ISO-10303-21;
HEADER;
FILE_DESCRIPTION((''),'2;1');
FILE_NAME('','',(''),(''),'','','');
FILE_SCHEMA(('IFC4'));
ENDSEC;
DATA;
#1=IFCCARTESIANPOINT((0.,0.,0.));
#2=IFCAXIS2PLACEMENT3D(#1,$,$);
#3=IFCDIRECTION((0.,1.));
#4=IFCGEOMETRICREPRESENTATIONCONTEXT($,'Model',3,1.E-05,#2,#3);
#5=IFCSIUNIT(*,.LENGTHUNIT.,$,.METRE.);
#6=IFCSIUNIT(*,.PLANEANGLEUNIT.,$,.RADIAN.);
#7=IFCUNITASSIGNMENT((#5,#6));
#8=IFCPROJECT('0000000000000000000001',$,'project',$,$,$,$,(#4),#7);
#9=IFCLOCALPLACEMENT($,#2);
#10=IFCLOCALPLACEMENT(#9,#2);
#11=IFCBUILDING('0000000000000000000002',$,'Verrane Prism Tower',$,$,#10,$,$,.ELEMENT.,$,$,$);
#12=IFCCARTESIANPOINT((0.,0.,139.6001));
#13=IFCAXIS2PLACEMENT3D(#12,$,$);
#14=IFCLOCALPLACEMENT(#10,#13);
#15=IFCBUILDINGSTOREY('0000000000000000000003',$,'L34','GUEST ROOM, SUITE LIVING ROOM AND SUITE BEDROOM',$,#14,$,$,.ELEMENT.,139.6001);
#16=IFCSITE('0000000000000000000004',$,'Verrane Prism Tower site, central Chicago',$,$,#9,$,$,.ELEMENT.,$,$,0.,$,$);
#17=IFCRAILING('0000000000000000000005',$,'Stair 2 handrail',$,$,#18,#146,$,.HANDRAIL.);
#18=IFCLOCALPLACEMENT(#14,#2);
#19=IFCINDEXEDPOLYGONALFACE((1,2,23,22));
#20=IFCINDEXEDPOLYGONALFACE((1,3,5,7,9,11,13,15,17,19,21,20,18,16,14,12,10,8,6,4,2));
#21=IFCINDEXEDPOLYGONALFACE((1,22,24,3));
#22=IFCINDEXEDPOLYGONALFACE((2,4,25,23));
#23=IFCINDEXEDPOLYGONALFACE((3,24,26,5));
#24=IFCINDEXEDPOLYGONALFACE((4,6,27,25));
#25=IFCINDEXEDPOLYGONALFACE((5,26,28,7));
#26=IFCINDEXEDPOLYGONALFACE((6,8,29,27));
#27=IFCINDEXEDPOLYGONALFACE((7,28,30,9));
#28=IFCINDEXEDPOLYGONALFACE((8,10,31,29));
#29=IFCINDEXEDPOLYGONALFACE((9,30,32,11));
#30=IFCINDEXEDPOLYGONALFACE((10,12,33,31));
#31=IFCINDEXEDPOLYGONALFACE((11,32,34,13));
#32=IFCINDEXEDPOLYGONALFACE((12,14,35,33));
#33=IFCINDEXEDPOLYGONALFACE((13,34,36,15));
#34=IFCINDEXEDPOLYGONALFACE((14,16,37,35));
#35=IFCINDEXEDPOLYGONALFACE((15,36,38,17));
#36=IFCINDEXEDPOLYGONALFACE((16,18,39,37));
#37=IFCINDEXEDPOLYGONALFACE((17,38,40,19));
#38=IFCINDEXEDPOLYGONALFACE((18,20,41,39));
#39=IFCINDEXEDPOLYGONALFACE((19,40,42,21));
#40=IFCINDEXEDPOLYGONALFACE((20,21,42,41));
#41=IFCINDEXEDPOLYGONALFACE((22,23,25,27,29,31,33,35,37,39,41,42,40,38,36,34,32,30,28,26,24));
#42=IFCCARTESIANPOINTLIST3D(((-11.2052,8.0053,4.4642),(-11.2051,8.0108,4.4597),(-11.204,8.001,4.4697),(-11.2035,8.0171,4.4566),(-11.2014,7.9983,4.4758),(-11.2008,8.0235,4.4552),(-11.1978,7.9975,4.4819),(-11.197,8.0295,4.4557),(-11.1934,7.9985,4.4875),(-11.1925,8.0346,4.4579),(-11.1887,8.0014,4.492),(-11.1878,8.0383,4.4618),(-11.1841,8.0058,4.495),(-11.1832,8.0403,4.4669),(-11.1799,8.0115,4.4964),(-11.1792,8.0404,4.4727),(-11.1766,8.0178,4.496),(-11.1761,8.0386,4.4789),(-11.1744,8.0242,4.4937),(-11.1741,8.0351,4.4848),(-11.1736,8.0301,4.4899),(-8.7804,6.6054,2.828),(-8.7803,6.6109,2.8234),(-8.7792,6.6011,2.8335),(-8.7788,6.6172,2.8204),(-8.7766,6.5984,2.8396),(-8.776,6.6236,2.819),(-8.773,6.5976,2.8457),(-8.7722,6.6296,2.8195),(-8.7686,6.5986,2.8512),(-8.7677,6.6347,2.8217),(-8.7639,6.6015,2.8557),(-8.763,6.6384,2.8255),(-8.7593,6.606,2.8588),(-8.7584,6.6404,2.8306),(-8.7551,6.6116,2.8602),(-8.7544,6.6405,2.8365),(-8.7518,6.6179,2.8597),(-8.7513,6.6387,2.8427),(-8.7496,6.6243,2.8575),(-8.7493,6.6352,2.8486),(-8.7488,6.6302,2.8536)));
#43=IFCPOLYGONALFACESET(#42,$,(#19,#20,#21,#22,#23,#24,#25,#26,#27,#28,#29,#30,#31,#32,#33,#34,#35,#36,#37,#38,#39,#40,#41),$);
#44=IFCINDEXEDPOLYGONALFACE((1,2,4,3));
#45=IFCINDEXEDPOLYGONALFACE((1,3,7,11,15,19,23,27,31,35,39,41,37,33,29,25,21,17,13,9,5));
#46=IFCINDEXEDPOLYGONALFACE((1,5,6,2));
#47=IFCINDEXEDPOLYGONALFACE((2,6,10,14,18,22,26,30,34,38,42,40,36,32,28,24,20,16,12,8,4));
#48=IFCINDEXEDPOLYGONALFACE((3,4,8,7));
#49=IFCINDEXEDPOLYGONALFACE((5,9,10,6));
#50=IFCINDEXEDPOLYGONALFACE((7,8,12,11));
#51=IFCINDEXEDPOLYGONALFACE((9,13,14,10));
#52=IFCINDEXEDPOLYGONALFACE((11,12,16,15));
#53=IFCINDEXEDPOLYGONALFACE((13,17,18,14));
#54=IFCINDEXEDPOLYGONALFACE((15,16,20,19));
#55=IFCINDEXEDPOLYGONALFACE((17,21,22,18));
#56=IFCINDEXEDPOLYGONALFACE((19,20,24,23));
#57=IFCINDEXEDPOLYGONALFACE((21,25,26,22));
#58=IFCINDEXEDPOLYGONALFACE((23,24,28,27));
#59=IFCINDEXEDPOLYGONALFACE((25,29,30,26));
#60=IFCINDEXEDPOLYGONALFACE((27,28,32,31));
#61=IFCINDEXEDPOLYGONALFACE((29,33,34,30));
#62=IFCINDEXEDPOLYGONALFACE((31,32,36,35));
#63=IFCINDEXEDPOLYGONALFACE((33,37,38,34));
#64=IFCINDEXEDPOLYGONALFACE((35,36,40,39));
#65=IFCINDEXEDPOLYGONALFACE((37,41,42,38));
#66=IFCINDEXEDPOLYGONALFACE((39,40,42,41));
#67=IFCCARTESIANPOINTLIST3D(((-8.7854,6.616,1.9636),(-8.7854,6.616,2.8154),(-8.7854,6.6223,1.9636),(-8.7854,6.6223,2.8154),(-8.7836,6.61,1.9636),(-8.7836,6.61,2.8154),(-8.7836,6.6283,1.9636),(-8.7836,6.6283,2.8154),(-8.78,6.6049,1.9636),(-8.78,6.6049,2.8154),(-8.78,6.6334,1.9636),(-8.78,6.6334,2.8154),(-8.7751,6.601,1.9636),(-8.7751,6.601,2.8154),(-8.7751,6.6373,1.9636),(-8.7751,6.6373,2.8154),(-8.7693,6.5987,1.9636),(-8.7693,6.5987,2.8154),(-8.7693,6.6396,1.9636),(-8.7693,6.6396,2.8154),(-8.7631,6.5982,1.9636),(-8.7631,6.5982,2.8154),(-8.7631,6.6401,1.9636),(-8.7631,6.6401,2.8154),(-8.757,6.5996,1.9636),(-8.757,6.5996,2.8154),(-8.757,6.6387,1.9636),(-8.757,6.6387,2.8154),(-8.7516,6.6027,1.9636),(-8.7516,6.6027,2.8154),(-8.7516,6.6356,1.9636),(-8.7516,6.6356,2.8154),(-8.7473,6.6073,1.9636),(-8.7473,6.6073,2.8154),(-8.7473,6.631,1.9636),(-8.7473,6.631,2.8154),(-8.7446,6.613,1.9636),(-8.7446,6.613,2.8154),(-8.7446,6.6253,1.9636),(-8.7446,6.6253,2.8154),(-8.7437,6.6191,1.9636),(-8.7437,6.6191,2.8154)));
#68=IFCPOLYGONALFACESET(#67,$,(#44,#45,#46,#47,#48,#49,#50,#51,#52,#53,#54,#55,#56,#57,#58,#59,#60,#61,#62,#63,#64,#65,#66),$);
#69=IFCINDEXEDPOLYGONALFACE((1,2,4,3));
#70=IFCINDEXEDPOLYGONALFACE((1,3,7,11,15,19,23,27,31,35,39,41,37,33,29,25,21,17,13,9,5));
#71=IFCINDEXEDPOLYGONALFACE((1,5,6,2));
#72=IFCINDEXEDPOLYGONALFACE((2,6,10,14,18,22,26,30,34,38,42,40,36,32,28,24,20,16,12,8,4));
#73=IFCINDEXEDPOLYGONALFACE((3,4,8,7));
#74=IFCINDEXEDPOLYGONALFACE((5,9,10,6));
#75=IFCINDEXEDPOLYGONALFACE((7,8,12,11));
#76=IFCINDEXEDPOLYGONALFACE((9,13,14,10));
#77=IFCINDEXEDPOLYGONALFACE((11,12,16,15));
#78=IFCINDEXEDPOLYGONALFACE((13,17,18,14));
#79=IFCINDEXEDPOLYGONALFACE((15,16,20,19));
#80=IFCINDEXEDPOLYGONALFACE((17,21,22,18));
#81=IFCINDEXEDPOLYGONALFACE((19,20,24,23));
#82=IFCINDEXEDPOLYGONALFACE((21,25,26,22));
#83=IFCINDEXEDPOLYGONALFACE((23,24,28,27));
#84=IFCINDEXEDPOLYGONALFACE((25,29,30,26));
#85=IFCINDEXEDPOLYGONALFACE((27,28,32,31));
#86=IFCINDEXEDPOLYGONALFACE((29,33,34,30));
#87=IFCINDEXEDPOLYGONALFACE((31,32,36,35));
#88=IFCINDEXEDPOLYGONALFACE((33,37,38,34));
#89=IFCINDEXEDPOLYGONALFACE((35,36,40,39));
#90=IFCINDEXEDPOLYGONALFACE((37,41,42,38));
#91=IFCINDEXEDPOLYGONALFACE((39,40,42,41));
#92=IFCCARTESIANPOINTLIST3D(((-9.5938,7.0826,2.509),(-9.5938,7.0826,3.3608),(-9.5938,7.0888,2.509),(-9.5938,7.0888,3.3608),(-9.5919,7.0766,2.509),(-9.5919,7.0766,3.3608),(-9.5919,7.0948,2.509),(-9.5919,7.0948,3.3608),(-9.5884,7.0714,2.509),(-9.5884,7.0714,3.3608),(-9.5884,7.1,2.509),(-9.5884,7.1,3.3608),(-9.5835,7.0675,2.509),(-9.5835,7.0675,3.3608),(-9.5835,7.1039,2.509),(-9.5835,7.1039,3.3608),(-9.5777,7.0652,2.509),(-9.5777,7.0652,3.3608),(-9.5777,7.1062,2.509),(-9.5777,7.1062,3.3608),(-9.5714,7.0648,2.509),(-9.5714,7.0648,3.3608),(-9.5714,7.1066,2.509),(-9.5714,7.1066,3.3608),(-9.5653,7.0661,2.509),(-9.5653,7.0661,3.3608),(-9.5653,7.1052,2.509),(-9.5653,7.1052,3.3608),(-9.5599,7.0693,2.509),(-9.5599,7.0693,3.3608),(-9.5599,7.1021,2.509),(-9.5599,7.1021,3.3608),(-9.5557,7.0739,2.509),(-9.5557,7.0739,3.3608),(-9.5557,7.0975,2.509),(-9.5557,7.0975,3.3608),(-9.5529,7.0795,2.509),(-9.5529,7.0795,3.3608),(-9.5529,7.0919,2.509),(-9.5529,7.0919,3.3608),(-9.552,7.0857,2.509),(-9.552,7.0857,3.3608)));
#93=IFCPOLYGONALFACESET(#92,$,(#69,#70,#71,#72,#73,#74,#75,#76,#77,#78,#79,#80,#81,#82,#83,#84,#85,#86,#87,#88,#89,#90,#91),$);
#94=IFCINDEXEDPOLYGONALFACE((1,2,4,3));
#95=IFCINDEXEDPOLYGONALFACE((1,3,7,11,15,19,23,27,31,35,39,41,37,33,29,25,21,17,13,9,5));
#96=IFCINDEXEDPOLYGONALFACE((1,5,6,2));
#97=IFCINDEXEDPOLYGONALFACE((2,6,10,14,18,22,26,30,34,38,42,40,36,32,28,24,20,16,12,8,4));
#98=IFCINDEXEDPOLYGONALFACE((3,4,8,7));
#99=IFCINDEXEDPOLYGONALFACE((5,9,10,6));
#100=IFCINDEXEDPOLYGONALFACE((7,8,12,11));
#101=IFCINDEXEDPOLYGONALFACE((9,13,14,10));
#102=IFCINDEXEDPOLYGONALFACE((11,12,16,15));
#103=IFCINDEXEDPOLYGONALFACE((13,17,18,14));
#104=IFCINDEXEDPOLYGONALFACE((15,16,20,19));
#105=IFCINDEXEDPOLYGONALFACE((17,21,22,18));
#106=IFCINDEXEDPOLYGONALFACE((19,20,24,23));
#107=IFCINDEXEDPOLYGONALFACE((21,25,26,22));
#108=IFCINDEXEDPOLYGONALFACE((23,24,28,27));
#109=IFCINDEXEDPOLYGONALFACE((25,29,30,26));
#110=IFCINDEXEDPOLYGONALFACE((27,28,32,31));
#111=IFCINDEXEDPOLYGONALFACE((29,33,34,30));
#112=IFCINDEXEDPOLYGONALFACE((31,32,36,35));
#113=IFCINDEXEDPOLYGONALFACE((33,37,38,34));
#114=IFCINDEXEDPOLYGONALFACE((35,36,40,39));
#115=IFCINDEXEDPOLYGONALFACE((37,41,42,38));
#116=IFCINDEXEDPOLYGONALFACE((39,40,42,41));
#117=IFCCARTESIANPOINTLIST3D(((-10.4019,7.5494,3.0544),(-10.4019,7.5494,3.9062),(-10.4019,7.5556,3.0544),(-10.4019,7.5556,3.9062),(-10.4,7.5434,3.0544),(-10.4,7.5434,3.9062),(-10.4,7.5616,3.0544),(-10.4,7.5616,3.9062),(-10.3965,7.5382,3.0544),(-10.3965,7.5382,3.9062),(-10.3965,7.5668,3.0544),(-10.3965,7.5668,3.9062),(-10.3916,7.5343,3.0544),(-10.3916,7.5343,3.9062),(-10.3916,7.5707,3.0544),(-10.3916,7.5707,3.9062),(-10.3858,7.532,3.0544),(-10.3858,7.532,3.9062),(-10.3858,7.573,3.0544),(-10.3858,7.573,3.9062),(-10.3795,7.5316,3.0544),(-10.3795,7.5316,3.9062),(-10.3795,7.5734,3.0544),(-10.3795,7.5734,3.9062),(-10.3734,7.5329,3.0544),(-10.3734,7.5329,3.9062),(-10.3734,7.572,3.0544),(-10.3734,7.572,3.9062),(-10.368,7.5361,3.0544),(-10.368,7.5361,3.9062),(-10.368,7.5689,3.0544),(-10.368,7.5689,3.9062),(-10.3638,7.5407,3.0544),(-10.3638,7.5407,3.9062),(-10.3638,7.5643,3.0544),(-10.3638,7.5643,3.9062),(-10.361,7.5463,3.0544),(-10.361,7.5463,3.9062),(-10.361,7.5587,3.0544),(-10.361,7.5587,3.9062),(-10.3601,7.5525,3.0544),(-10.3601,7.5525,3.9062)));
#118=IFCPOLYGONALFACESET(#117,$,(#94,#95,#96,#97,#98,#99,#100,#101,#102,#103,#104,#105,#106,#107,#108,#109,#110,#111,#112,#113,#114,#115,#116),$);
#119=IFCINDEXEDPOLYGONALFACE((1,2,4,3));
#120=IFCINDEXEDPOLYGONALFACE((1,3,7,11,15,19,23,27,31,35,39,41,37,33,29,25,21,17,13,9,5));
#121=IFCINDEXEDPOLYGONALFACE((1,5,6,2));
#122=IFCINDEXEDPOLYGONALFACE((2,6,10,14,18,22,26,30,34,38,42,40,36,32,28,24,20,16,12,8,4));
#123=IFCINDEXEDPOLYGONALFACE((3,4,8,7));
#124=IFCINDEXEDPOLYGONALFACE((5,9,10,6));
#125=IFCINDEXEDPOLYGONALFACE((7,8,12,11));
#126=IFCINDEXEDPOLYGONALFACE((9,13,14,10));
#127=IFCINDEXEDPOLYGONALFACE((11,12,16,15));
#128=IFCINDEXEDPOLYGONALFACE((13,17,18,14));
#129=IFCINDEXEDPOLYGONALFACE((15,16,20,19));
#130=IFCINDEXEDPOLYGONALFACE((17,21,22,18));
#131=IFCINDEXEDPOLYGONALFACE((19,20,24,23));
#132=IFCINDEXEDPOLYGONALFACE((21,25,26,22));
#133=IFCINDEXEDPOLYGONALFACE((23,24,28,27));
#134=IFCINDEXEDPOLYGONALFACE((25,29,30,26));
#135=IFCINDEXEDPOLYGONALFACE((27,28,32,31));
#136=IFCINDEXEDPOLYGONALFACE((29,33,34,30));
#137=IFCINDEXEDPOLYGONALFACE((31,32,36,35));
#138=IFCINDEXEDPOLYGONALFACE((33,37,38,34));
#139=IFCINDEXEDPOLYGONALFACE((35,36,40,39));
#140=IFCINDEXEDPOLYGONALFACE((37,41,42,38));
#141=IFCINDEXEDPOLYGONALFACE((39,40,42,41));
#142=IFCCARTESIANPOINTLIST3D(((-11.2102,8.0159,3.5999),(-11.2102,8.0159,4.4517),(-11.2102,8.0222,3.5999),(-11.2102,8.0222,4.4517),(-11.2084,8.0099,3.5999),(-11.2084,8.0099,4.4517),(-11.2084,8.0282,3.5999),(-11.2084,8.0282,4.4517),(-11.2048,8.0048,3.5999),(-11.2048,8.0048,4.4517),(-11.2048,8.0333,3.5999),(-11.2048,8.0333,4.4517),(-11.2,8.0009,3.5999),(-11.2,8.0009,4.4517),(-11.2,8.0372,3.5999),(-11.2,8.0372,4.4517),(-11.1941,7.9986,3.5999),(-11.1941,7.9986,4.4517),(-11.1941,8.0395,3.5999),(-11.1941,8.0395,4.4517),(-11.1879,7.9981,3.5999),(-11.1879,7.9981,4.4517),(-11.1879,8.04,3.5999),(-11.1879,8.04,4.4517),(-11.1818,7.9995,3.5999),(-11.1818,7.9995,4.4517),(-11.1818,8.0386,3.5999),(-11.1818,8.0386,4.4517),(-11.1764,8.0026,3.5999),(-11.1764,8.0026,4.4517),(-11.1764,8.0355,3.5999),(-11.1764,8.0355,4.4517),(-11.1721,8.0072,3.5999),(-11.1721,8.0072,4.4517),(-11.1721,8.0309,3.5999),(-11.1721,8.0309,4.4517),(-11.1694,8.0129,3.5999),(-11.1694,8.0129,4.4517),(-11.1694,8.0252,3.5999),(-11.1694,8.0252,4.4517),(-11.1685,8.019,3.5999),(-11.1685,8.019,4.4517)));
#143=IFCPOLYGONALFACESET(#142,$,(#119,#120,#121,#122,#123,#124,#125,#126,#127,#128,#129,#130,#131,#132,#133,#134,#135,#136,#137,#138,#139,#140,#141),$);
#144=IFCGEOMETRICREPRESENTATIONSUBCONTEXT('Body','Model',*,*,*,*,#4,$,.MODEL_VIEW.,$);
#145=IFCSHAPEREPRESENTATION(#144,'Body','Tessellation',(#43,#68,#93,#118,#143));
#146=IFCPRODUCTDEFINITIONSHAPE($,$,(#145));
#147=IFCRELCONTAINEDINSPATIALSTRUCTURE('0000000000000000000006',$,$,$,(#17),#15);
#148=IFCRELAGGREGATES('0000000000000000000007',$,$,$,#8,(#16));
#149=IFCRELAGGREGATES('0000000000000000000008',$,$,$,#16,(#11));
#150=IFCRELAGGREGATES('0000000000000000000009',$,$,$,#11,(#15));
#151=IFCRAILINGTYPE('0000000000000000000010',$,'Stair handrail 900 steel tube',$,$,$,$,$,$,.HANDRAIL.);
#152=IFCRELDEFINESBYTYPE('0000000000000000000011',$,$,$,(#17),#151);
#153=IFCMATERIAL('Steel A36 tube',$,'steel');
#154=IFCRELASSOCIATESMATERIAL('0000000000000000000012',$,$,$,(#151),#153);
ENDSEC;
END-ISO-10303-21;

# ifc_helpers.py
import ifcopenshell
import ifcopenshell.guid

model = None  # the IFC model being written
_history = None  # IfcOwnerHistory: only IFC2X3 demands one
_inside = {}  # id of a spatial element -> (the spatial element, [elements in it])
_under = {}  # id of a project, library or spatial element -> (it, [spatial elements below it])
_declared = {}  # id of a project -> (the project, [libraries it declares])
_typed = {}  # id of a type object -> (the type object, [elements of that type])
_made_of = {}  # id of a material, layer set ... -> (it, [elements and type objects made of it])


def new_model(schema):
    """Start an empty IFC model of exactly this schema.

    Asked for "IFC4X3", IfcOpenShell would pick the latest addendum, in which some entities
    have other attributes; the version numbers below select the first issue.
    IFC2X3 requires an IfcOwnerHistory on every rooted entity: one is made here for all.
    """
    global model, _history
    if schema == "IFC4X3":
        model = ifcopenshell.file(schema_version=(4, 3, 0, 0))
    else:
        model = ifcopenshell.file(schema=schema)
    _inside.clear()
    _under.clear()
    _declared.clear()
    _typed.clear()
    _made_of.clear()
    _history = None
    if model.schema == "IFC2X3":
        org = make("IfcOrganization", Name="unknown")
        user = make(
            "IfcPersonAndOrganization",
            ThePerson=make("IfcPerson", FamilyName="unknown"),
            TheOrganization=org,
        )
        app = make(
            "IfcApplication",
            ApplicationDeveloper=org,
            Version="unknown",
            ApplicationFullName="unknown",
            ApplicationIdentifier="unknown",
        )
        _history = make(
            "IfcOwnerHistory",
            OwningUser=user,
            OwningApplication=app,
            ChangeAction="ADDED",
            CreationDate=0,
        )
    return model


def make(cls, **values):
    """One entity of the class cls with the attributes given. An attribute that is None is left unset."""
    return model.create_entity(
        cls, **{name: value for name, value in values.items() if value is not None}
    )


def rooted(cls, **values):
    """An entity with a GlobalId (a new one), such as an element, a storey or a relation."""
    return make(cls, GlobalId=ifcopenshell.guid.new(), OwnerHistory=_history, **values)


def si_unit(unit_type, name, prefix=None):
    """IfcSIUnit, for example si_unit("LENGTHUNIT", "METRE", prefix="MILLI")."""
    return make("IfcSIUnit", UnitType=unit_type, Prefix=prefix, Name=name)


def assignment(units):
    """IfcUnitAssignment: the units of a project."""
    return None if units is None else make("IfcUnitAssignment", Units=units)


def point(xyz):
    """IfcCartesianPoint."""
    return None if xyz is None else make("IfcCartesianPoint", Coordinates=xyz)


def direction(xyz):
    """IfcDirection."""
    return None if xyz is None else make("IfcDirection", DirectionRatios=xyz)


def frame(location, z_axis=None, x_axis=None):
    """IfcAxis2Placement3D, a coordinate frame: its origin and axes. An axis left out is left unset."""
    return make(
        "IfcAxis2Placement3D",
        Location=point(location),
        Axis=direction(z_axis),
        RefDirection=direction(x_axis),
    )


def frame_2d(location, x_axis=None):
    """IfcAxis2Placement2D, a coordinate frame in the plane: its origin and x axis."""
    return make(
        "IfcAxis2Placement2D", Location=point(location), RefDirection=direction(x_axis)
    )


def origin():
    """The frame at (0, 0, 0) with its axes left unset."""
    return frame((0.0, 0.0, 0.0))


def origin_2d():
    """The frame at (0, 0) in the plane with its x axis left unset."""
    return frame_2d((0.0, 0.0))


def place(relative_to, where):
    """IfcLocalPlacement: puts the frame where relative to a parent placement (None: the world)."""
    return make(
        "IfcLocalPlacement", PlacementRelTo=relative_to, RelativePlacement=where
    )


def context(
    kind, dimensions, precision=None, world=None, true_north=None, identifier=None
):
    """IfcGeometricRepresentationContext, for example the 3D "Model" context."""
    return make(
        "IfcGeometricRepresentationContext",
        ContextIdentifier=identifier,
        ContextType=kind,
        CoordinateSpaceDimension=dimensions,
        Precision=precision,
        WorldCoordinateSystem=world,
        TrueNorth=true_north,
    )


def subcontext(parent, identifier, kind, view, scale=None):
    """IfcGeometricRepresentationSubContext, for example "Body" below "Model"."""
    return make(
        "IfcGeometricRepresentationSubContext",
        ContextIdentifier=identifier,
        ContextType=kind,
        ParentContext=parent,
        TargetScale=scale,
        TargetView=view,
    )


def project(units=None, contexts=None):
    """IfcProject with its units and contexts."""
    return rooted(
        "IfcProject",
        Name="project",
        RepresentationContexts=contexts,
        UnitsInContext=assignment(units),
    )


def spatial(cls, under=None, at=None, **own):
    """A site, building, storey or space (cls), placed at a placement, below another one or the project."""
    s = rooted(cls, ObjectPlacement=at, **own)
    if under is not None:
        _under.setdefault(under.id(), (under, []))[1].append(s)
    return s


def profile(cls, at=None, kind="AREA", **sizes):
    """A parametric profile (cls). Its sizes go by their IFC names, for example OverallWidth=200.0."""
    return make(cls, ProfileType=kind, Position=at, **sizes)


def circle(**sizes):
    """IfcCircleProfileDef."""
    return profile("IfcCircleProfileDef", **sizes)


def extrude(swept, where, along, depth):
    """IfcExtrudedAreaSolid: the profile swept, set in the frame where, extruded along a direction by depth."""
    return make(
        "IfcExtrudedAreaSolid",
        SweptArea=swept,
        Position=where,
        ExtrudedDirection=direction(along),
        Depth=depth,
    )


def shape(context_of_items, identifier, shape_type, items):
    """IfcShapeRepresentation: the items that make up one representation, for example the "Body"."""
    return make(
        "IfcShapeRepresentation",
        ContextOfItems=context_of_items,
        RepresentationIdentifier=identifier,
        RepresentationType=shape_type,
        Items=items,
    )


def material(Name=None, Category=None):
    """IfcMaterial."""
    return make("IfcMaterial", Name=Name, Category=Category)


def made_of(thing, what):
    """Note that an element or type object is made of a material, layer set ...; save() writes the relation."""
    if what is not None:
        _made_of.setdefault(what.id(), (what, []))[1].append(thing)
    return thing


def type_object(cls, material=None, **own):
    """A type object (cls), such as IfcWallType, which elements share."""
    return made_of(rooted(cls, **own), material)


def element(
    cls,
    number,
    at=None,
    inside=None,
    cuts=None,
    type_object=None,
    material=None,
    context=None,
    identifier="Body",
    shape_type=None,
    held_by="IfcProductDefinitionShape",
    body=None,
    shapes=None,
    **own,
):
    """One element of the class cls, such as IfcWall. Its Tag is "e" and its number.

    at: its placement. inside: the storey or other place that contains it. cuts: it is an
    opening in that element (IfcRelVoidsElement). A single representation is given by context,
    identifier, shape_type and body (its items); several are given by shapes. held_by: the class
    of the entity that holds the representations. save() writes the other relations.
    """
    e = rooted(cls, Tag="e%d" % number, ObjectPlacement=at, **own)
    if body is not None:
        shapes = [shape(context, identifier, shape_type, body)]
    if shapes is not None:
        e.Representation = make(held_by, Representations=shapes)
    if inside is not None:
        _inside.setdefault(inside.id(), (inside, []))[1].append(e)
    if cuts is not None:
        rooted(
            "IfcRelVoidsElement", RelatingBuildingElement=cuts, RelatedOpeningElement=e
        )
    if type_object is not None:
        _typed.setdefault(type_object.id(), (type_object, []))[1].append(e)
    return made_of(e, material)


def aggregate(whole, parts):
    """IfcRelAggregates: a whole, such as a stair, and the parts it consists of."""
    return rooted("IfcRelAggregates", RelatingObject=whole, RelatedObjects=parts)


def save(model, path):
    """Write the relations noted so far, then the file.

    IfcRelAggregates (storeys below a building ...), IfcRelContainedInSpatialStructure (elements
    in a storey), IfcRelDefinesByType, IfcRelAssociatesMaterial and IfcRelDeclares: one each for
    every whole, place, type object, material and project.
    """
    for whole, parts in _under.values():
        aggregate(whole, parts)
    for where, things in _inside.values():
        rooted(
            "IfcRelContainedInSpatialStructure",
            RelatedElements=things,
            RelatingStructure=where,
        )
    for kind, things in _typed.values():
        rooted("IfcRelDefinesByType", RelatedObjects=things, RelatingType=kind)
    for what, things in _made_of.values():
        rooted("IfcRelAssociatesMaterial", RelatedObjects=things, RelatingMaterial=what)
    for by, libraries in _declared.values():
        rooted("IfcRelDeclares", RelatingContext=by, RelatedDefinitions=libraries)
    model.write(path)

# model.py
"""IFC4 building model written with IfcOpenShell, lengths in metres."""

from ifc_helpers import new_model, si_unit, direction, frame, origin, origin_2d, place, context, subcontext, project, spatial, circle, extrude, material, type_object, element, save


model = new_model("IFC4")

# Units and contexts
model_context = context("Model", 3, precision=1e-05, world=origin(), true_north=direction((0.0, 1.0)))
body_context = subcontext(model_context, "Body", "Model", "MODEL_VIEW")
ifc_project = project(units=[si_unit("LENGTHUNIT", "METRE"), si_unit("PLANEANGLEUNIT", "RADIAN")], contexts=[model_context])

# Site, building, storey
site_placement = place(None, origin())
site = spatial("IfcSite", under=ifc_project, at=site_placement, Name="Verrane Prism Tower site, central Chicago", CompositionType="ELEMENT", RefElevation=0.0)
building_placement = place(site_placement, origin())
building = spatial("IfcBuilding", under=site, at=building_placement, Name="Verrane Prism Tower", CompositionType="ELEMENT")
storey_placement = place(building_placement, frame((0.0, 0.0, 139.6001)))
storey = spatial("IfcBuildingStorey", under=building, at=storey_placement, Name="L34", Description="GUEST ROOM, SUITE LIVING ROOM AND SUITE BEDROOM", CompositionType="ELEMENT", Elevation=139.6001)

# Railing
ifc_material_1 = material(Name="Steel A36 tube", Category="steel")
railing_type_1 = type_object("IfcRailingType", Name="Stair handrail 900 steel tube", PredefinedType="HANDRAIL", material=ifc_material_1)
railing_1_placement = place(storey_placement, frame((-8.7646, 6.6191, 1.9636)))
element("IfcRailing", 1, at=railing_1_placement, inside=storey, type_object=railing_type_1, Name="Stair 2 handrail", PredefinedType="HANDRAIL", context=body_context, shape_type="SweptSolid", body=[
    extrude(circle(Radius=0.0239, at=origin_2d()), frame((0.0, 0.0, 0.876), z_axis=(-0.747718, 0.431677, 0.504552), x_axis=(-0.499984, -0.866035, 0.0)), (0.0, 0.0, 1.0), 3.2429),
    extrude(circle(Radius=0.021, at=origin_2d()), origin(), (0.0, 0.0, 1.0), 0.8518),
    extrude(circle(Radius=0.021, at=origin_2d()), frame((-0.8083, 0.4666, 0.5454)), (0.0, 0.0, 1.0), 0.8518),
    extrude(circle(Radius=0.021, at=origin_2d()), frame((-1.6165, 0.9333, 1.0908)), (0.0, 0.0, 1.0), 0.8518),
    extrude(circle(Radius=0.021, at=origin_2d()), frame((-2.4248, 1.3999, 1.6362)), (0.0, 0.0, 1.0), 0.8518),
])

save(model, "model.ifc")
